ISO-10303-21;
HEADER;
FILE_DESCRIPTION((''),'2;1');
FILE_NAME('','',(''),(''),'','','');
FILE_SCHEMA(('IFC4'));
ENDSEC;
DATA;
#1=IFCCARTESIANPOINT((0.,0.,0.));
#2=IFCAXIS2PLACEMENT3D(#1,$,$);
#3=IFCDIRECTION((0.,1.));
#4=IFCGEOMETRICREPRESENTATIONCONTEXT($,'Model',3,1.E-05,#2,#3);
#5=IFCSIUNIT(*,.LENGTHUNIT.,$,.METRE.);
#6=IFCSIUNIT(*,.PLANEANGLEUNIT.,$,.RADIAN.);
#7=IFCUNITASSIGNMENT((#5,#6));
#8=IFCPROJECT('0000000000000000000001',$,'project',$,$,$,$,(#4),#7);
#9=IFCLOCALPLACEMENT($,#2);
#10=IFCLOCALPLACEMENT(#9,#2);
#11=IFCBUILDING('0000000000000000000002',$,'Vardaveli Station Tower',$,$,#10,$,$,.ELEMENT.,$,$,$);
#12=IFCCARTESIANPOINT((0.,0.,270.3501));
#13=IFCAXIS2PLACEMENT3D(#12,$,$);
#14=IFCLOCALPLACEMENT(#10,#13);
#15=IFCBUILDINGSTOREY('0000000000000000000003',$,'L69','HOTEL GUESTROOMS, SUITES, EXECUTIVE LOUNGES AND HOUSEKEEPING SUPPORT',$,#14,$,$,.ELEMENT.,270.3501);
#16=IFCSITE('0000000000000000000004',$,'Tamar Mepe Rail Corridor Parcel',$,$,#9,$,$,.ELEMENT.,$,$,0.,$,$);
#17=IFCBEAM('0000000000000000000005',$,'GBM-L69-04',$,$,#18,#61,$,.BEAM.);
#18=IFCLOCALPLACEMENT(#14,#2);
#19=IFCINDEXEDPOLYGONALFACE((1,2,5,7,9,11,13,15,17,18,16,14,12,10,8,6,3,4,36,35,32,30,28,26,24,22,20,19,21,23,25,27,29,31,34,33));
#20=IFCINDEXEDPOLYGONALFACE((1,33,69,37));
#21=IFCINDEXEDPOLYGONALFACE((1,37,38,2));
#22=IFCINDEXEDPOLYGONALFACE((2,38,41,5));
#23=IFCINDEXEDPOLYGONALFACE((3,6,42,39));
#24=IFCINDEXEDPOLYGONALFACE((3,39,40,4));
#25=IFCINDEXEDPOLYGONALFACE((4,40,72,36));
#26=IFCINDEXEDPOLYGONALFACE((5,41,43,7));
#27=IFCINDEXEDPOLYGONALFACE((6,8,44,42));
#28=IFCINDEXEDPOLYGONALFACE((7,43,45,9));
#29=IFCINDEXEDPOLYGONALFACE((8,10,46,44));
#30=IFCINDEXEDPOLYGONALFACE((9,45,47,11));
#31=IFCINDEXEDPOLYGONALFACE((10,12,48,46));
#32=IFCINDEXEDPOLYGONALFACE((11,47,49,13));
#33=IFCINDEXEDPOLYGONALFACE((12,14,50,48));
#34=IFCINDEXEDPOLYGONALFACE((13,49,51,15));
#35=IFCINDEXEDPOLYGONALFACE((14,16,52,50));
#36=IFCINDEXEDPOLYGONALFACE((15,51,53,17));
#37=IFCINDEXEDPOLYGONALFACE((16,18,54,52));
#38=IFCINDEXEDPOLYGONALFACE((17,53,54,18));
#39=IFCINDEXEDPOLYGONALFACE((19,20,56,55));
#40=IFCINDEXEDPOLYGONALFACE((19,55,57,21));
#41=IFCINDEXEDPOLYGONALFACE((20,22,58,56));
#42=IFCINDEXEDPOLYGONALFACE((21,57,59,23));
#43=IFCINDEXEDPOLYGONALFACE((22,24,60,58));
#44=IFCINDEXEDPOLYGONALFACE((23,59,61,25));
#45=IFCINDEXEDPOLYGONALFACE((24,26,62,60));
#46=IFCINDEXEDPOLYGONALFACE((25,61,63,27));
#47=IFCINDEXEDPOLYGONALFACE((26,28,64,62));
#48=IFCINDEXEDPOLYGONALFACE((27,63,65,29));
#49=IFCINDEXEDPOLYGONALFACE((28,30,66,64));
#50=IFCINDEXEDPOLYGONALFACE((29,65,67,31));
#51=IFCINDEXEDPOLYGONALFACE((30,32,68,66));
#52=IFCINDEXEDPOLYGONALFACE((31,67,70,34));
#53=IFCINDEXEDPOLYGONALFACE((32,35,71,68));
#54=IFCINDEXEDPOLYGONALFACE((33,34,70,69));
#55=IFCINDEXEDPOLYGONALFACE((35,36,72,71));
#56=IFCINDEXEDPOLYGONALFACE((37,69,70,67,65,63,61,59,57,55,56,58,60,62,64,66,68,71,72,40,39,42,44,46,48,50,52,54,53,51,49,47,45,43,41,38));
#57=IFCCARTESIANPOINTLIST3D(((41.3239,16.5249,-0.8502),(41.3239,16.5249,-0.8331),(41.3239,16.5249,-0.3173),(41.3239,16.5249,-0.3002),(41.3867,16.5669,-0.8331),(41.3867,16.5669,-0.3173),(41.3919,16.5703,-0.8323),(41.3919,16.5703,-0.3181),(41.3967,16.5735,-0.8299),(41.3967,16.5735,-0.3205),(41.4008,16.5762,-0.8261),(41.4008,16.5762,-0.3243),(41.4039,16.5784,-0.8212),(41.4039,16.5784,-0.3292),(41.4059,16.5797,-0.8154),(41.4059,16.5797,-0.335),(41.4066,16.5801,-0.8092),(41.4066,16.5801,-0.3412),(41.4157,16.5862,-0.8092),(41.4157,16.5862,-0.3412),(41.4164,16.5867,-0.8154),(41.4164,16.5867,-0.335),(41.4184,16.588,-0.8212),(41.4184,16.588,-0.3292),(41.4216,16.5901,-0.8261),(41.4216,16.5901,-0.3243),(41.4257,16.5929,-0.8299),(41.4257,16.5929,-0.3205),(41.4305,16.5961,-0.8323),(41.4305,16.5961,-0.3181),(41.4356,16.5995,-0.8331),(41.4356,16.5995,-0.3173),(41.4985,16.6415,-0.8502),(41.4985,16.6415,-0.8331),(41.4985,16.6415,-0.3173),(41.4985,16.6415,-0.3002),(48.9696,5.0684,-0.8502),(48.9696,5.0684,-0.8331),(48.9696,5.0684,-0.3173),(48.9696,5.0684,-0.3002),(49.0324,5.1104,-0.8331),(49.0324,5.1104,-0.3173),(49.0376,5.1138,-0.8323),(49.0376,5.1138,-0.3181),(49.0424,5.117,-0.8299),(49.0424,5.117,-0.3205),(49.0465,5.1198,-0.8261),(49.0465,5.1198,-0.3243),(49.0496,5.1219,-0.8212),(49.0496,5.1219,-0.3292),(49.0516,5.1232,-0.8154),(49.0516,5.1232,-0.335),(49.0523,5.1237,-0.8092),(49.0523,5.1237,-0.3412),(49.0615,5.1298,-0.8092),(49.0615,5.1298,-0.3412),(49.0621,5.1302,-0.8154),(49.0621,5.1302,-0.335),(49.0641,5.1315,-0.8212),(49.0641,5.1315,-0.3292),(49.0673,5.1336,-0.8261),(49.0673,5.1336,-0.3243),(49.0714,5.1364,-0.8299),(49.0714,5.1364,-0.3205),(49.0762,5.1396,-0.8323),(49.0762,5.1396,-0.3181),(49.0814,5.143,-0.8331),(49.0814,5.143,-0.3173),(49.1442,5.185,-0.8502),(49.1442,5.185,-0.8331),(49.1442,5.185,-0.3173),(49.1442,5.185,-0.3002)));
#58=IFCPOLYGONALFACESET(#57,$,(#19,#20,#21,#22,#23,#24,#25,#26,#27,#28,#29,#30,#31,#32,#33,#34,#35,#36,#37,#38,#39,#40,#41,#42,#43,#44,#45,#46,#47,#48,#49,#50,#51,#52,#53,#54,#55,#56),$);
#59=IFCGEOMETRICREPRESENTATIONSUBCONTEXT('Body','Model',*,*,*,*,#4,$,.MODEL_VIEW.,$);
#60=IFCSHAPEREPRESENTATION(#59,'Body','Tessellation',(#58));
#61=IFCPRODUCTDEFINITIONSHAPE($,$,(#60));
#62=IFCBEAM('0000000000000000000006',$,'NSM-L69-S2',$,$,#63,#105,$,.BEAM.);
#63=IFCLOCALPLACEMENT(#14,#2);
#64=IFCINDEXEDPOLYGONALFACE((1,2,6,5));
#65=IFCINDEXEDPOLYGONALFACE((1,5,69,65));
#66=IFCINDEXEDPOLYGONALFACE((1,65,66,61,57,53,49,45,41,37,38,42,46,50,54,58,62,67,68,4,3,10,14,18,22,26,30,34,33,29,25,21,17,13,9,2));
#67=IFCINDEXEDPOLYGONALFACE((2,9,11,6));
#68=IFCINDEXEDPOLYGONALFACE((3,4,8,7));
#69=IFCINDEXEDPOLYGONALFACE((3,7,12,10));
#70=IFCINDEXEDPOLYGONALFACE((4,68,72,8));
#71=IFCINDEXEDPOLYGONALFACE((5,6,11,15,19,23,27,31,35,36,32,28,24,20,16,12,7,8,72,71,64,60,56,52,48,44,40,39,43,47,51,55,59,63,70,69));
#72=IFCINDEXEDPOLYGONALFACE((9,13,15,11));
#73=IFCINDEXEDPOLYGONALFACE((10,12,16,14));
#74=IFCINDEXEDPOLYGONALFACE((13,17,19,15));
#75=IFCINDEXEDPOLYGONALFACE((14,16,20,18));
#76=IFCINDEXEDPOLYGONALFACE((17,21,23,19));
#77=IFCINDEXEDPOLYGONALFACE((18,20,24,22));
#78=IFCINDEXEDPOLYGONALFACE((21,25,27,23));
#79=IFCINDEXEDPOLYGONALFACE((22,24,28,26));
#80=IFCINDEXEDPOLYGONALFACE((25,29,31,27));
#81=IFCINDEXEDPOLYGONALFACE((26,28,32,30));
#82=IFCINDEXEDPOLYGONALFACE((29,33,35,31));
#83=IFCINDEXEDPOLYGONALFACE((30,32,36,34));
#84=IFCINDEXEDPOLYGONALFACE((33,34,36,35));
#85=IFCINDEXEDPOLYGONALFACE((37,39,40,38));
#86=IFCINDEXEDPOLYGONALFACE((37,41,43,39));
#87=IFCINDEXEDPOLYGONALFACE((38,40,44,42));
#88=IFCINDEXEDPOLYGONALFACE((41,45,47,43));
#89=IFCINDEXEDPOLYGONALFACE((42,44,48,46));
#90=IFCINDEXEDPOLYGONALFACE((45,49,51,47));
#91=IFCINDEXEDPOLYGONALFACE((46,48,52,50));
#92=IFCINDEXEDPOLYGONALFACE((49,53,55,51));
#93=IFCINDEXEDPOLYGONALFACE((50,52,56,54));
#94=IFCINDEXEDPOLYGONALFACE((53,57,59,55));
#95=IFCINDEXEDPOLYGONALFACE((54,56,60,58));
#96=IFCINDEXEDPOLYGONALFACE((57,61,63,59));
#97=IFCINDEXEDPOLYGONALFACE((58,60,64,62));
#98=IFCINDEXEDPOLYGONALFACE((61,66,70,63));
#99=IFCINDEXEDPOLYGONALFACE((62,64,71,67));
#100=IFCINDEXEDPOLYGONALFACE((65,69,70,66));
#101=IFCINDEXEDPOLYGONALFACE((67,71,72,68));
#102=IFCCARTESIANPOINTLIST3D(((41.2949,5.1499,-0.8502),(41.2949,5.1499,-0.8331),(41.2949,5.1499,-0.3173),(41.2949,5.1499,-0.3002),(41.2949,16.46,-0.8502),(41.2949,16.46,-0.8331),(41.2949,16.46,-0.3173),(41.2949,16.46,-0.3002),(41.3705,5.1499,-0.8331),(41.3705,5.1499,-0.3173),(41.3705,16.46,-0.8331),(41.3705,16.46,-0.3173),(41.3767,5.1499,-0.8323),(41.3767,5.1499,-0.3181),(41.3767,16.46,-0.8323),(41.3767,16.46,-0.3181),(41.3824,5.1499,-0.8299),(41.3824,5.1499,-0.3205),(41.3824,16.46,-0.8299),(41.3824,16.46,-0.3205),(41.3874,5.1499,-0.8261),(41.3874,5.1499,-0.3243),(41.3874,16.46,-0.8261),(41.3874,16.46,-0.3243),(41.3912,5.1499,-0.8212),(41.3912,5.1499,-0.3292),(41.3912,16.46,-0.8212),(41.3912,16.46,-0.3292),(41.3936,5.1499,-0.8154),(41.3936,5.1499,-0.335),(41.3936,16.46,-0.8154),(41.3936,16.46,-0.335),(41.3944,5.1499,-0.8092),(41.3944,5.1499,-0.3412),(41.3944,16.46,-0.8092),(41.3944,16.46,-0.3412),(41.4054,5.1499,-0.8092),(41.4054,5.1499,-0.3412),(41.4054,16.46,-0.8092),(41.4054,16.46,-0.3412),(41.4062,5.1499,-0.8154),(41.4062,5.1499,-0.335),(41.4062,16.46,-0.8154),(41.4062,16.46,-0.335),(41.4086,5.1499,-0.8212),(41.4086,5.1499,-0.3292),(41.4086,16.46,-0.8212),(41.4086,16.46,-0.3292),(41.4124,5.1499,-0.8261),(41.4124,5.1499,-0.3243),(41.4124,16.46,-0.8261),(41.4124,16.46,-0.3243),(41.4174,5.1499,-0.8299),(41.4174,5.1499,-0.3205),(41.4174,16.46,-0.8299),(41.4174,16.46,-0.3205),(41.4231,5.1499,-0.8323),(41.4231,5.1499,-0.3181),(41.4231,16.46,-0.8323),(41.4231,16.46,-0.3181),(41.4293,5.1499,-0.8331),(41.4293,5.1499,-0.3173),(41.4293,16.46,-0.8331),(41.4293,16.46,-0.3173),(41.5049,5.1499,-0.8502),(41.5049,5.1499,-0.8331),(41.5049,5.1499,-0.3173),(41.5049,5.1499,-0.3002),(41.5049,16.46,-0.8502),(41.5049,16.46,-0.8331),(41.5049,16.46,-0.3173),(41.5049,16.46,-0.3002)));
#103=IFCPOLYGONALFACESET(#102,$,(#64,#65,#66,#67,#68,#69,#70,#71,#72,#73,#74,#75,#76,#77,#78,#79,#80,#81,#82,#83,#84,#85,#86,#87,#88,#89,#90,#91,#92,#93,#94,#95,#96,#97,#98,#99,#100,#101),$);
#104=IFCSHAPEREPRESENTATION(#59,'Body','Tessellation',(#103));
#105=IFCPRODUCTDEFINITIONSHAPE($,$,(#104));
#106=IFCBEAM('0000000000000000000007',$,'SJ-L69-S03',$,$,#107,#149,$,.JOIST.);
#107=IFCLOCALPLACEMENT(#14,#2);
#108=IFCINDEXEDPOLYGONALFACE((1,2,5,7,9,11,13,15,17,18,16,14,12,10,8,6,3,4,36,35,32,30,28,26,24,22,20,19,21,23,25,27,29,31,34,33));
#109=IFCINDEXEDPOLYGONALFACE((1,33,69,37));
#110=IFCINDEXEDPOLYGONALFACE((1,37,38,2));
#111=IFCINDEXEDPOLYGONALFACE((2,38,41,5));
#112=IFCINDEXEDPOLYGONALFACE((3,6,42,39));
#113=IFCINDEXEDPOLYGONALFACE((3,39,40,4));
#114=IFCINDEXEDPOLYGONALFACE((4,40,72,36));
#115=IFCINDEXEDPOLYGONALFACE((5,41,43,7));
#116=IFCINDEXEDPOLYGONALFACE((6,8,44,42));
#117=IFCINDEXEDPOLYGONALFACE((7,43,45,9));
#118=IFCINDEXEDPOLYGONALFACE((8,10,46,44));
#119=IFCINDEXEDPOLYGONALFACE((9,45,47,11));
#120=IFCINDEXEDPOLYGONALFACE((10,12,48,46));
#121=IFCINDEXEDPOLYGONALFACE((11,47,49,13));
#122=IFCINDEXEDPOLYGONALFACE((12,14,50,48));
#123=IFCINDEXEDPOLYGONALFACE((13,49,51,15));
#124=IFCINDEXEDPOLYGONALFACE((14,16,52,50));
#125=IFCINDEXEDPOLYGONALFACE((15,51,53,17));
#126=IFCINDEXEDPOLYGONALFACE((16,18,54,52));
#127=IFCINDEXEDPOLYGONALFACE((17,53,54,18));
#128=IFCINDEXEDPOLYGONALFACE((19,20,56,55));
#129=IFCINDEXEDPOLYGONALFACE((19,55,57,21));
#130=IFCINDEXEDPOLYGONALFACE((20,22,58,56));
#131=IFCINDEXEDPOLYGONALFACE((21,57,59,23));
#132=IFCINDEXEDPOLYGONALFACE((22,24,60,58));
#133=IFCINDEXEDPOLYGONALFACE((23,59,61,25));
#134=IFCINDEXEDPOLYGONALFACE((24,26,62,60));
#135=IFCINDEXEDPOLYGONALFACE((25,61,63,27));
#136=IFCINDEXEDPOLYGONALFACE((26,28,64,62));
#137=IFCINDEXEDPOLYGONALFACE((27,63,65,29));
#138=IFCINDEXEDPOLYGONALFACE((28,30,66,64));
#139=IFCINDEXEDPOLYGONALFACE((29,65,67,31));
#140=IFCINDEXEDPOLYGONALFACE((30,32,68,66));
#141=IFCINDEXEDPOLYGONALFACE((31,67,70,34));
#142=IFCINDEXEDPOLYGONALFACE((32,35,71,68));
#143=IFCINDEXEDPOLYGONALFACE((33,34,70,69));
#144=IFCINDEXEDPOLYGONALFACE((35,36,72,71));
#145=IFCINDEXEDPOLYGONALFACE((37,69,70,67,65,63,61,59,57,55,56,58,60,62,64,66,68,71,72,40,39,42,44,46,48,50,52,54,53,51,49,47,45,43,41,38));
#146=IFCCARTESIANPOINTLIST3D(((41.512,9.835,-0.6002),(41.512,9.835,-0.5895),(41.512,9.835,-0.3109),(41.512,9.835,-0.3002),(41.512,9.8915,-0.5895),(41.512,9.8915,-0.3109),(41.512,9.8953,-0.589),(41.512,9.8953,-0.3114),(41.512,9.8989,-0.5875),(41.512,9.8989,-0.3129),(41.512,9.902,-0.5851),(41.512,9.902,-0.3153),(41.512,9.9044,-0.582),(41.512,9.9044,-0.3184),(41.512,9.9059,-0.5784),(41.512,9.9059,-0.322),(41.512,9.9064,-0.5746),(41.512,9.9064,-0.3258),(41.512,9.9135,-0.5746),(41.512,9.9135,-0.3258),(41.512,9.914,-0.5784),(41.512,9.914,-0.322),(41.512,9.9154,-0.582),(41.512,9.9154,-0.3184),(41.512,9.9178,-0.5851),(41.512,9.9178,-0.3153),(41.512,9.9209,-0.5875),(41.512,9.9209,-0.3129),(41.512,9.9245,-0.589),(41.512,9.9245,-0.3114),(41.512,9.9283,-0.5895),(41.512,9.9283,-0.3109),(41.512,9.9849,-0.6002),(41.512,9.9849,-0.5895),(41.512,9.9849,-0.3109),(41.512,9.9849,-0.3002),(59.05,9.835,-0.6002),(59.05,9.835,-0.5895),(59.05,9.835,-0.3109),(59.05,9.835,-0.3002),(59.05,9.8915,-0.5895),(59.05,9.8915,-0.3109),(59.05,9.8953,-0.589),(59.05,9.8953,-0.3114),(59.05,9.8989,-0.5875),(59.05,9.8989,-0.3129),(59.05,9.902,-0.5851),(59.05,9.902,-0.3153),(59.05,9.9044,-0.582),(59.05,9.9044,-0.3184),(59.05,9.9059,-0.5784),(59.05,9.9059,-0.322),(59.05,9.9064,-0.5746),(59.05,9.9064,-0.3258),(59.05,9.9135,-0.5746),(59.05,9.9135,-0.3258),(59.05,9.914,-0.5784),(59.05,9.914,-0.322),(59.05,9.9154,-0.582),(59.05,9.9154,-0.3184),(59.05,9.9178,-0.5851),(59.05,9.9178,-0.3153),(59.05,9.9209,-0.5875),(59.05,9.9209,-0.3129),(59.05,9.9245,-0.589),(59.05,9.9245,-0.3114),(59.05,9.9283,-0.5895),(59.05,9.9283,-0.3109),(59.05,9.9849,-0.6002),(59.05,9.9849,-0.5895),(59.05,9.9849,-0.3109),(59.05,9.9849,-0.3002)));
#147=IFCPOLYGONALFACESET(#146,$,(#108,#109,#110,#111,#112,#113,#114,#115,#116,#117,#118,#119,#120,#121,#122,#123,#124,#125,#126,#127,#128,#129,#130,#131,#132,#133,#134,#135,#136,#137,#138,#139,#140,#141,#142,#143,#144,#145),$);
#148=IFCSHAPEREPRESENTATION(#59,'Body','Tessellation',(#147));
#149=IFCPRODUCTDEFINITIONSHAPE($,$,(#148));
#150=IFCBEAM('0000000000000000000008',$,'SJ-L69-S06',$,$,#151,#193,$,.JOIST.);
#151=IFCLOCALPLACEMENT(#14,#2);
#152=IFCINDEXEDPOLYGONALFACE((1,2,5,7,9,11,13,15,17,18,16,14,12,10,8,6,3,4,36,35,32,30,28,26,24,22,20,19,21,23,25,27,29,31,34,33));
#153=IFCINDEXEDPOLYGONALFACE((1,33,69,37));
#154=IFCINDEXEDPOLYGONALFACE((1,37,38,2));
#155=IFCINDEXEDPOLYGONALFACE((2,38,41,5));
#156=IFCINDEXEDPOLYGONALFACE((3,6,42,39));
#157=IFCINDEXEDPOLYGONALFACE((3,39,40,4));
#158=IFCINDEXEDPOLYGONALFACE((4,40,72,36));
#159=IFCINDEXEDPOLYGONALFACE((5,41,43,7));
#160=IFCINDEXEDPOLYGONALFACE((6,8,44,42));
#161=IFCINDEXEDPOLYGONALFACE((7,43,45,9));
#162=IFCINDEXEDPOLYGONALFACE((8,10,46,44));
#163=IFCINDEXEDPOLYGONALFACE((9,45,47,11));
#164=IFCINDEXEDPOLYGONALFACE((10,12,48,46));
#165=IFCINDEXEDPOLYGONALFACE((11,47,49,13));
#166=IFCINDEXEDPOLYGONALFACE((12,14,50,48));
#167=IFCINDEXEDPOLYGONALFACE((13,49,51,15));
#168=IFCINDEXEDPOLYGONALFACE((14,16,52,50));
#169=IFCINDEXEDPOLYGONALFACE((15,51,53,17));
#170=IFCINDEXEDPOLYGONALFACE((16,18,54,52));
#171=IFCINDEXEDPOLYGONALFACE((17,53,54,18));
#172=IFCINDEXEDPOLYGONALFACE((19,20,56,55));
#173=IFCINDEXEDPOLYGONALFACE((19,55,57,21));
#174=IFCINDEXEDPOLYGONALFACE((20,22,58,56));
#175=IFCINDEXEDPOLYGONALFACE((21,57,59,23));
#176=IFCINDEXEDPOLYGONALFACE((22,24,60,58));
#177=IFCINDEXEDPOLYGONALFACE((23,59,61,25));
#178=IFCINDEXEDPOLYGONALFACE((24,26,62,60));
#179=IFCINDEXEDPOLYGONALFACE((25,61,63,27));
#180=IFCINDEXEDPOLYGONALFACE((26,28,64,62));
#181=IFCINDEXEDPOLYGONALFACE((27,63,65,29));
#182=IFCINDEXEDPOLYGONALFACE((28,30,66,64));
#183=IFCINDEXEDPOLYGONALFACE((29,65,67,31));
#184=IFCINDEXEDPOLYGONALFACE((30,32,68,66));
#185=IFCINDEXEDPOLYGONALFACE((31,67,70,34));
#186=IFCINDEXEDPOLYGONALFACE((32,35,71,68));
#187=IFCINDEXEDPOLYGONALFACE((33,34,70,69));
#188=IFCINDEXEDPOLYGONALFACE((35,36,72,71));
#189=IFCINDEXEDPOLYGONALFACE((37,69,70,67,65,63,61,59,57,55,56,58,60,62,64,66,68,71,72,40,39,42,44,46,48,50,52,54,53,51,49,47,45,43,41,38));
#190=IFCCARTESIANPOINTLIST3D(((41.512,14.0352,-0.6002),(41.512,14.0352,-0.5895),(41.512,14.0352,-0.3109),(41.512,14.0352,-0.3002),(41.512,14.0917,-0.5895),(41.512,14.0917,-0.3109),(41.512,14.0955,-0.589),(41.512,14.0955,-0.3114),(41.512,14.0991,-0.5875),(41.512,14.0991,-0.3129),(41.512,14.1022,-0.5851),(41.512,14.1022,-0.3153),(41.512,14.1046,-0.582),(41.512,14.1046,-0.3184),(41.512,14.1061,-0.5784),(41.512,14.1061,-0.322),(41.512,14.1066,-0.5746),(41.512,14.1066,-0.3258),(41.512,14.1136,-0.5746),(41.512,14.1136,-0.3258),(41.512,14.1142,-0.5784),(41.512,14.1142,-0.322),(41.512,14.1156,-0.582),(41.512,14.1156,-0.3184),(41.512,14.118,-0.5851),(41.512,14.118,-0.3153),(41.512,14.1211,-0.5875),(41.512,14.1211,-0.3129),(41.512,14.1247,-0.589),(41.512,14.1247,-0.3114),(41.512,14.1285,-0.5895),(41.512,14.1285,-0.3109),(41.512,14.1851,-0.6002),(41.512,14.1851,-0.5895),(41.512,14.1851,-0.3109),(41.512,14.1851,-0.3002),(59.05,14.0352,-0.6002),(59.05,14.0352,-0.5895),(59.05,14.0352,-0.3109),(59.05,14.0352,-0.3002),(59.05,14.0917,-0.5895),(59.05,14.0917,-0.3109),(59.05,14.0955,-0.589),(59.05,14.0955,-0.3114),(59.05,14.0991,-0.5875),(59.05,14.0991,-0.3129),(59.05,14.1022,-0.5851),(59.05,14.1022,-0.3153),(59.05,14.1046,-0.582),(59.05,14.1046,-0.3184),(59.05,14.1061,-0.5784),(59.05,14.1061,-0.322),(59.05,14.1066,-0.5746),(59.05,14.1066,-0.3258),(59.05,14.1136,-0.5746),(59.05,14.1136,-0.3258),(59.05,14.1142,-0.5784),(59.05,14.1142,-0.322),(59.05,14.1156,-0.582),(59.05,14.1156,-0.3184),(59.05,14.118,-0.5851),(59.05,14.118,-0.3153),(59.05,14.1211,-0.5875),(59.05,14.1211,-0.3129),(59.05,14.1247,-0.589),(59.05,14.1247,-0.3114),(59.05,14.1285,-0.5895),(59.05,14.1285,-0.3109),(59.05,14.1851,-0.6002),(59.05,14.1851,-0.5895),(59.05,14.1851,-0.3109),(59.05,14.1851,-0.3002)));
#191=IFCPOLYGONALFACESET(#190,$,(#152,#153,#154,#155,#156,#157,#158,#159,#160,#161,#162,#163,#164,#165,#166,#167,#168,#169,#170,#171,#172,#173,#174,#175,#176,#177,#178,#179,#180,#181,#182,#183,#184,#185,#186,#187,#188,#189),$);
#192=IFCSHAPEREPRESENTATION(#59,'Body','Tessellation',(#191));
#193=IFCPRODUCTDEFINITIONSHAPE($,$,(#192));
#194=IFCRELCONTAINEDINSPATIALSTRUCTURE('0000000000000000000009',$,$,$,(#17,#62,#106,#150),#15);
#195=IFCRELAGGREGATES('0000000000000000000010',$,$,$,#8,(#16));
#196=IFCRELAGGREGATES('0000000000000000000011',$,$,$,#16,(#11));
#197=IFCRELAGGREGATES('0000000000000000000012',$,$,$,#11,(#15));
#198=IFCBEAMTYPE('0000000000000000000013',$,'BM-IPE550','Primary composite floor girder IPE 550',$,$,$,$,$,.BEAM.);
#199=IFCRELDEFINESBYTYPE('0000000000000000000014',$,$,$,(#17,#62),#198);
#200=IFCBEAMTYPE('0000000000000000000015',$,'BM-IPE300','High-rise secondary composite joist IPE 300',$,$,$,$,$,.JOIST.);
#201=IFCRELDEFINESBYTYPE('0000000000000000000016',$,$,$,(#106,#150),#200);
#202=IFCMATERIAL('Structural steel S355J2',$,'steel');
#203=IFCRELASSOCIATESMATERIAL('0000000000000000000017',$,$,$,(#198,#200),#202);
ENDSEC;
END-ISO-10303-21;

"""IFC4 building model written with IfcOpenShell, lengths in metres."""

from ifc_helpers import new_model, si_unit, direction, frame, origin, origin_2d, place, context, subcontext, project, spatial, i_section, extrude, source, transform, mapped, material, material_profile, profile_set, type_object, element, save


model = new_model("IFC4")

# Units and contexts
model_context = context("Model", 3, precision=1e-05, world=origin(), true_north=direction((0.0, 1.0)))
body_context = subcontext(model_context, "Body", "Model", "MODEL_VIEW")
ifc_project = project(units=[si_unit("LENGTHUNIT", "METRE"), si_unit("PLANEANGLEUNIT", "RADIAN")], contexts=[model_context])

# Site, building, storey
site_placement = place(None, origin())
site = spatial("IfcSite", under=ifc_project, at=site_placement, Name="Tamar Mepe Rail Corridor Parcel", CompositionType="ELEMENT", RefElevation=0.0)
building_placement = place(site_placement, origin())
building = spatial("IfcBuilding", under=site, at=building_placement, Name="Vardaveli Station Tower", CompositionType="ELEMENT")
storey_placement = place(building_placement, frame((0.0, 0.0, 270.3501)))
storey = spatial("IfcBuildingStorey", under=building, at=storey_placement, Name="L69", Description="HOTEL GUESTROOMS, SUITES, EXECUTIVE LOUNGES AND HOUSEKEEPING SUPPORT", CompositionType="ELEMENT", Elevation=270.3501)

# Beams
ifc_material_1 = material(Name="Structural steel S355J2", Category="steel")
ifc_material_profile_1 = material_profile(ifc_material_1, i_section(OverallWidth=0.21, OverallDepth=0.55, WebThickness=0.011, FlangeThickness=0.0171, FilletRadius=0.0239, at=origin_2d()), Name="IPE 550")
ifc_profile_set_1 = profile_set([ifc_material_profile_1], Name="Structural steel S355J2")
beam_type_1 = type_object("IfcBeamType", Name="BM-IPE550", Description="Primary composite floor girder IPE 550", PredefinedType="BEAM", material=ifc_profile_set_1)
shared_shape_1 = source(origin(), body_context, "Body", "SweptSolid", [
    extrude(i_section(OverallWidth=0.21, OverallDepth=0.55, WebThickness=0.011, FlangeThickness=0.0171, FilletRadius=0.0239, at=origin_2d()), origin(), (0.0, 0.0, 1.0), 13.7734),
])
beam_1_placement = place(storey_placement, frame((49.0569, 5.1267, -0.5752), z_axis=(-0.555105, 0.83178, 0.0), x_axis=(-0.83178, -0.555105, 0.0)))
element("IfcBeam", 1, at=beam_1_placement, inside=storey, type_object=beam_type_1, Name="GBM-L69-04", PredefinedType="BEAM", context=body_context, shape_type="MappedRepresentation", body=[
    mapped(shared_shape_1, transform((0.0, 0.0, 0.0), scale=1.0)),
])
shared_shape_2 = source(origin(), body_context, "Body", "SweptSolid", [
    extrude(i_section(OverallWidth=0.21, OverallDepth=0.55, WebThickness=0.011, FlangeThickness=0.0171, FilletRadius=0.0239, at=origin_2d()), origin(), (0.0, 0.0, 1.0), 11.3101),
])
beam_2_placement = place(storey_placement, frame((41.3999, 5.1499, -0.5752), z_axis=(0.0, 1.0, 0.0), x_axis=(-1.0, 0.0, 0.0)))
element("IfcBeam", 2, at=beam_2_placement, inside=storey, type_object=beam_type_1, Name="NSM-L69-S2", PredefinedType="BEAM", context=body_context, shape_type="MappedRepresentation", body=[
    mapped(shared_shape_2, transform((0.0, 0.0, 0.0), scale=1.0)),
])
ifc_material_profile_2 = material_profile(ifc_material_1, i_section(OverallWidth=0.1499, OverallDepth=0.3, WebThickness=0.0071, FlangeThickness=0.0107, FilletRadius=0.0149, at=origin_2d()), Name="IPE 300")
ifc_profile_set_2 = profile_set([ifc_material_profile_2], Name="Structural steel S355J2")
beam_type_2 = type_object("IfcBeamType", Name="BM-IPE300", Description="High-rise secondary composite joist IPE 300", PredefinedType="JOIST", material=ifc_profile_set_2)
shared_shape_3 = source(origin(), body_context, "Body", "SweptSolid", [
    extrude(i_section(OverallWidth=0.1499, OverallDepth=0.3, WebThickness=0.0071, FlangeThickness=0.0107, FilletRadius=0.0149, at=origin_2d()), origin(), (0.0, 0.0, 1.0), 17.5381),
])
for number, where, z_axis, x_axis, name in (
    (3, (41.512, 9.9099, -0.4502), (1.0, 0.0, 0.0), (0.0, 1.0, 0.0), "SJ-L69-S03"),
    (4, (41.512, 14.1101, -0.4502), (1.0, 0.0, 0.0), (0.0, 1.0, 0.0), "SJ-L69-S06"),
):
    element("IfcBeam", number, at=place(storey_placement, frame(where, z_axis=z_axis, x_axis=x_axis)), inside=storey, type_object=beam_type_2, Name=name, PredefinedType="JOIST", context=body_context, shape_type="MappedRepresentation", body=[
        mapped(shared_shape_3, transform((0.0, 0.0, 0.0), scale=1.0)),
    ])

save(model, "model.ifc")
